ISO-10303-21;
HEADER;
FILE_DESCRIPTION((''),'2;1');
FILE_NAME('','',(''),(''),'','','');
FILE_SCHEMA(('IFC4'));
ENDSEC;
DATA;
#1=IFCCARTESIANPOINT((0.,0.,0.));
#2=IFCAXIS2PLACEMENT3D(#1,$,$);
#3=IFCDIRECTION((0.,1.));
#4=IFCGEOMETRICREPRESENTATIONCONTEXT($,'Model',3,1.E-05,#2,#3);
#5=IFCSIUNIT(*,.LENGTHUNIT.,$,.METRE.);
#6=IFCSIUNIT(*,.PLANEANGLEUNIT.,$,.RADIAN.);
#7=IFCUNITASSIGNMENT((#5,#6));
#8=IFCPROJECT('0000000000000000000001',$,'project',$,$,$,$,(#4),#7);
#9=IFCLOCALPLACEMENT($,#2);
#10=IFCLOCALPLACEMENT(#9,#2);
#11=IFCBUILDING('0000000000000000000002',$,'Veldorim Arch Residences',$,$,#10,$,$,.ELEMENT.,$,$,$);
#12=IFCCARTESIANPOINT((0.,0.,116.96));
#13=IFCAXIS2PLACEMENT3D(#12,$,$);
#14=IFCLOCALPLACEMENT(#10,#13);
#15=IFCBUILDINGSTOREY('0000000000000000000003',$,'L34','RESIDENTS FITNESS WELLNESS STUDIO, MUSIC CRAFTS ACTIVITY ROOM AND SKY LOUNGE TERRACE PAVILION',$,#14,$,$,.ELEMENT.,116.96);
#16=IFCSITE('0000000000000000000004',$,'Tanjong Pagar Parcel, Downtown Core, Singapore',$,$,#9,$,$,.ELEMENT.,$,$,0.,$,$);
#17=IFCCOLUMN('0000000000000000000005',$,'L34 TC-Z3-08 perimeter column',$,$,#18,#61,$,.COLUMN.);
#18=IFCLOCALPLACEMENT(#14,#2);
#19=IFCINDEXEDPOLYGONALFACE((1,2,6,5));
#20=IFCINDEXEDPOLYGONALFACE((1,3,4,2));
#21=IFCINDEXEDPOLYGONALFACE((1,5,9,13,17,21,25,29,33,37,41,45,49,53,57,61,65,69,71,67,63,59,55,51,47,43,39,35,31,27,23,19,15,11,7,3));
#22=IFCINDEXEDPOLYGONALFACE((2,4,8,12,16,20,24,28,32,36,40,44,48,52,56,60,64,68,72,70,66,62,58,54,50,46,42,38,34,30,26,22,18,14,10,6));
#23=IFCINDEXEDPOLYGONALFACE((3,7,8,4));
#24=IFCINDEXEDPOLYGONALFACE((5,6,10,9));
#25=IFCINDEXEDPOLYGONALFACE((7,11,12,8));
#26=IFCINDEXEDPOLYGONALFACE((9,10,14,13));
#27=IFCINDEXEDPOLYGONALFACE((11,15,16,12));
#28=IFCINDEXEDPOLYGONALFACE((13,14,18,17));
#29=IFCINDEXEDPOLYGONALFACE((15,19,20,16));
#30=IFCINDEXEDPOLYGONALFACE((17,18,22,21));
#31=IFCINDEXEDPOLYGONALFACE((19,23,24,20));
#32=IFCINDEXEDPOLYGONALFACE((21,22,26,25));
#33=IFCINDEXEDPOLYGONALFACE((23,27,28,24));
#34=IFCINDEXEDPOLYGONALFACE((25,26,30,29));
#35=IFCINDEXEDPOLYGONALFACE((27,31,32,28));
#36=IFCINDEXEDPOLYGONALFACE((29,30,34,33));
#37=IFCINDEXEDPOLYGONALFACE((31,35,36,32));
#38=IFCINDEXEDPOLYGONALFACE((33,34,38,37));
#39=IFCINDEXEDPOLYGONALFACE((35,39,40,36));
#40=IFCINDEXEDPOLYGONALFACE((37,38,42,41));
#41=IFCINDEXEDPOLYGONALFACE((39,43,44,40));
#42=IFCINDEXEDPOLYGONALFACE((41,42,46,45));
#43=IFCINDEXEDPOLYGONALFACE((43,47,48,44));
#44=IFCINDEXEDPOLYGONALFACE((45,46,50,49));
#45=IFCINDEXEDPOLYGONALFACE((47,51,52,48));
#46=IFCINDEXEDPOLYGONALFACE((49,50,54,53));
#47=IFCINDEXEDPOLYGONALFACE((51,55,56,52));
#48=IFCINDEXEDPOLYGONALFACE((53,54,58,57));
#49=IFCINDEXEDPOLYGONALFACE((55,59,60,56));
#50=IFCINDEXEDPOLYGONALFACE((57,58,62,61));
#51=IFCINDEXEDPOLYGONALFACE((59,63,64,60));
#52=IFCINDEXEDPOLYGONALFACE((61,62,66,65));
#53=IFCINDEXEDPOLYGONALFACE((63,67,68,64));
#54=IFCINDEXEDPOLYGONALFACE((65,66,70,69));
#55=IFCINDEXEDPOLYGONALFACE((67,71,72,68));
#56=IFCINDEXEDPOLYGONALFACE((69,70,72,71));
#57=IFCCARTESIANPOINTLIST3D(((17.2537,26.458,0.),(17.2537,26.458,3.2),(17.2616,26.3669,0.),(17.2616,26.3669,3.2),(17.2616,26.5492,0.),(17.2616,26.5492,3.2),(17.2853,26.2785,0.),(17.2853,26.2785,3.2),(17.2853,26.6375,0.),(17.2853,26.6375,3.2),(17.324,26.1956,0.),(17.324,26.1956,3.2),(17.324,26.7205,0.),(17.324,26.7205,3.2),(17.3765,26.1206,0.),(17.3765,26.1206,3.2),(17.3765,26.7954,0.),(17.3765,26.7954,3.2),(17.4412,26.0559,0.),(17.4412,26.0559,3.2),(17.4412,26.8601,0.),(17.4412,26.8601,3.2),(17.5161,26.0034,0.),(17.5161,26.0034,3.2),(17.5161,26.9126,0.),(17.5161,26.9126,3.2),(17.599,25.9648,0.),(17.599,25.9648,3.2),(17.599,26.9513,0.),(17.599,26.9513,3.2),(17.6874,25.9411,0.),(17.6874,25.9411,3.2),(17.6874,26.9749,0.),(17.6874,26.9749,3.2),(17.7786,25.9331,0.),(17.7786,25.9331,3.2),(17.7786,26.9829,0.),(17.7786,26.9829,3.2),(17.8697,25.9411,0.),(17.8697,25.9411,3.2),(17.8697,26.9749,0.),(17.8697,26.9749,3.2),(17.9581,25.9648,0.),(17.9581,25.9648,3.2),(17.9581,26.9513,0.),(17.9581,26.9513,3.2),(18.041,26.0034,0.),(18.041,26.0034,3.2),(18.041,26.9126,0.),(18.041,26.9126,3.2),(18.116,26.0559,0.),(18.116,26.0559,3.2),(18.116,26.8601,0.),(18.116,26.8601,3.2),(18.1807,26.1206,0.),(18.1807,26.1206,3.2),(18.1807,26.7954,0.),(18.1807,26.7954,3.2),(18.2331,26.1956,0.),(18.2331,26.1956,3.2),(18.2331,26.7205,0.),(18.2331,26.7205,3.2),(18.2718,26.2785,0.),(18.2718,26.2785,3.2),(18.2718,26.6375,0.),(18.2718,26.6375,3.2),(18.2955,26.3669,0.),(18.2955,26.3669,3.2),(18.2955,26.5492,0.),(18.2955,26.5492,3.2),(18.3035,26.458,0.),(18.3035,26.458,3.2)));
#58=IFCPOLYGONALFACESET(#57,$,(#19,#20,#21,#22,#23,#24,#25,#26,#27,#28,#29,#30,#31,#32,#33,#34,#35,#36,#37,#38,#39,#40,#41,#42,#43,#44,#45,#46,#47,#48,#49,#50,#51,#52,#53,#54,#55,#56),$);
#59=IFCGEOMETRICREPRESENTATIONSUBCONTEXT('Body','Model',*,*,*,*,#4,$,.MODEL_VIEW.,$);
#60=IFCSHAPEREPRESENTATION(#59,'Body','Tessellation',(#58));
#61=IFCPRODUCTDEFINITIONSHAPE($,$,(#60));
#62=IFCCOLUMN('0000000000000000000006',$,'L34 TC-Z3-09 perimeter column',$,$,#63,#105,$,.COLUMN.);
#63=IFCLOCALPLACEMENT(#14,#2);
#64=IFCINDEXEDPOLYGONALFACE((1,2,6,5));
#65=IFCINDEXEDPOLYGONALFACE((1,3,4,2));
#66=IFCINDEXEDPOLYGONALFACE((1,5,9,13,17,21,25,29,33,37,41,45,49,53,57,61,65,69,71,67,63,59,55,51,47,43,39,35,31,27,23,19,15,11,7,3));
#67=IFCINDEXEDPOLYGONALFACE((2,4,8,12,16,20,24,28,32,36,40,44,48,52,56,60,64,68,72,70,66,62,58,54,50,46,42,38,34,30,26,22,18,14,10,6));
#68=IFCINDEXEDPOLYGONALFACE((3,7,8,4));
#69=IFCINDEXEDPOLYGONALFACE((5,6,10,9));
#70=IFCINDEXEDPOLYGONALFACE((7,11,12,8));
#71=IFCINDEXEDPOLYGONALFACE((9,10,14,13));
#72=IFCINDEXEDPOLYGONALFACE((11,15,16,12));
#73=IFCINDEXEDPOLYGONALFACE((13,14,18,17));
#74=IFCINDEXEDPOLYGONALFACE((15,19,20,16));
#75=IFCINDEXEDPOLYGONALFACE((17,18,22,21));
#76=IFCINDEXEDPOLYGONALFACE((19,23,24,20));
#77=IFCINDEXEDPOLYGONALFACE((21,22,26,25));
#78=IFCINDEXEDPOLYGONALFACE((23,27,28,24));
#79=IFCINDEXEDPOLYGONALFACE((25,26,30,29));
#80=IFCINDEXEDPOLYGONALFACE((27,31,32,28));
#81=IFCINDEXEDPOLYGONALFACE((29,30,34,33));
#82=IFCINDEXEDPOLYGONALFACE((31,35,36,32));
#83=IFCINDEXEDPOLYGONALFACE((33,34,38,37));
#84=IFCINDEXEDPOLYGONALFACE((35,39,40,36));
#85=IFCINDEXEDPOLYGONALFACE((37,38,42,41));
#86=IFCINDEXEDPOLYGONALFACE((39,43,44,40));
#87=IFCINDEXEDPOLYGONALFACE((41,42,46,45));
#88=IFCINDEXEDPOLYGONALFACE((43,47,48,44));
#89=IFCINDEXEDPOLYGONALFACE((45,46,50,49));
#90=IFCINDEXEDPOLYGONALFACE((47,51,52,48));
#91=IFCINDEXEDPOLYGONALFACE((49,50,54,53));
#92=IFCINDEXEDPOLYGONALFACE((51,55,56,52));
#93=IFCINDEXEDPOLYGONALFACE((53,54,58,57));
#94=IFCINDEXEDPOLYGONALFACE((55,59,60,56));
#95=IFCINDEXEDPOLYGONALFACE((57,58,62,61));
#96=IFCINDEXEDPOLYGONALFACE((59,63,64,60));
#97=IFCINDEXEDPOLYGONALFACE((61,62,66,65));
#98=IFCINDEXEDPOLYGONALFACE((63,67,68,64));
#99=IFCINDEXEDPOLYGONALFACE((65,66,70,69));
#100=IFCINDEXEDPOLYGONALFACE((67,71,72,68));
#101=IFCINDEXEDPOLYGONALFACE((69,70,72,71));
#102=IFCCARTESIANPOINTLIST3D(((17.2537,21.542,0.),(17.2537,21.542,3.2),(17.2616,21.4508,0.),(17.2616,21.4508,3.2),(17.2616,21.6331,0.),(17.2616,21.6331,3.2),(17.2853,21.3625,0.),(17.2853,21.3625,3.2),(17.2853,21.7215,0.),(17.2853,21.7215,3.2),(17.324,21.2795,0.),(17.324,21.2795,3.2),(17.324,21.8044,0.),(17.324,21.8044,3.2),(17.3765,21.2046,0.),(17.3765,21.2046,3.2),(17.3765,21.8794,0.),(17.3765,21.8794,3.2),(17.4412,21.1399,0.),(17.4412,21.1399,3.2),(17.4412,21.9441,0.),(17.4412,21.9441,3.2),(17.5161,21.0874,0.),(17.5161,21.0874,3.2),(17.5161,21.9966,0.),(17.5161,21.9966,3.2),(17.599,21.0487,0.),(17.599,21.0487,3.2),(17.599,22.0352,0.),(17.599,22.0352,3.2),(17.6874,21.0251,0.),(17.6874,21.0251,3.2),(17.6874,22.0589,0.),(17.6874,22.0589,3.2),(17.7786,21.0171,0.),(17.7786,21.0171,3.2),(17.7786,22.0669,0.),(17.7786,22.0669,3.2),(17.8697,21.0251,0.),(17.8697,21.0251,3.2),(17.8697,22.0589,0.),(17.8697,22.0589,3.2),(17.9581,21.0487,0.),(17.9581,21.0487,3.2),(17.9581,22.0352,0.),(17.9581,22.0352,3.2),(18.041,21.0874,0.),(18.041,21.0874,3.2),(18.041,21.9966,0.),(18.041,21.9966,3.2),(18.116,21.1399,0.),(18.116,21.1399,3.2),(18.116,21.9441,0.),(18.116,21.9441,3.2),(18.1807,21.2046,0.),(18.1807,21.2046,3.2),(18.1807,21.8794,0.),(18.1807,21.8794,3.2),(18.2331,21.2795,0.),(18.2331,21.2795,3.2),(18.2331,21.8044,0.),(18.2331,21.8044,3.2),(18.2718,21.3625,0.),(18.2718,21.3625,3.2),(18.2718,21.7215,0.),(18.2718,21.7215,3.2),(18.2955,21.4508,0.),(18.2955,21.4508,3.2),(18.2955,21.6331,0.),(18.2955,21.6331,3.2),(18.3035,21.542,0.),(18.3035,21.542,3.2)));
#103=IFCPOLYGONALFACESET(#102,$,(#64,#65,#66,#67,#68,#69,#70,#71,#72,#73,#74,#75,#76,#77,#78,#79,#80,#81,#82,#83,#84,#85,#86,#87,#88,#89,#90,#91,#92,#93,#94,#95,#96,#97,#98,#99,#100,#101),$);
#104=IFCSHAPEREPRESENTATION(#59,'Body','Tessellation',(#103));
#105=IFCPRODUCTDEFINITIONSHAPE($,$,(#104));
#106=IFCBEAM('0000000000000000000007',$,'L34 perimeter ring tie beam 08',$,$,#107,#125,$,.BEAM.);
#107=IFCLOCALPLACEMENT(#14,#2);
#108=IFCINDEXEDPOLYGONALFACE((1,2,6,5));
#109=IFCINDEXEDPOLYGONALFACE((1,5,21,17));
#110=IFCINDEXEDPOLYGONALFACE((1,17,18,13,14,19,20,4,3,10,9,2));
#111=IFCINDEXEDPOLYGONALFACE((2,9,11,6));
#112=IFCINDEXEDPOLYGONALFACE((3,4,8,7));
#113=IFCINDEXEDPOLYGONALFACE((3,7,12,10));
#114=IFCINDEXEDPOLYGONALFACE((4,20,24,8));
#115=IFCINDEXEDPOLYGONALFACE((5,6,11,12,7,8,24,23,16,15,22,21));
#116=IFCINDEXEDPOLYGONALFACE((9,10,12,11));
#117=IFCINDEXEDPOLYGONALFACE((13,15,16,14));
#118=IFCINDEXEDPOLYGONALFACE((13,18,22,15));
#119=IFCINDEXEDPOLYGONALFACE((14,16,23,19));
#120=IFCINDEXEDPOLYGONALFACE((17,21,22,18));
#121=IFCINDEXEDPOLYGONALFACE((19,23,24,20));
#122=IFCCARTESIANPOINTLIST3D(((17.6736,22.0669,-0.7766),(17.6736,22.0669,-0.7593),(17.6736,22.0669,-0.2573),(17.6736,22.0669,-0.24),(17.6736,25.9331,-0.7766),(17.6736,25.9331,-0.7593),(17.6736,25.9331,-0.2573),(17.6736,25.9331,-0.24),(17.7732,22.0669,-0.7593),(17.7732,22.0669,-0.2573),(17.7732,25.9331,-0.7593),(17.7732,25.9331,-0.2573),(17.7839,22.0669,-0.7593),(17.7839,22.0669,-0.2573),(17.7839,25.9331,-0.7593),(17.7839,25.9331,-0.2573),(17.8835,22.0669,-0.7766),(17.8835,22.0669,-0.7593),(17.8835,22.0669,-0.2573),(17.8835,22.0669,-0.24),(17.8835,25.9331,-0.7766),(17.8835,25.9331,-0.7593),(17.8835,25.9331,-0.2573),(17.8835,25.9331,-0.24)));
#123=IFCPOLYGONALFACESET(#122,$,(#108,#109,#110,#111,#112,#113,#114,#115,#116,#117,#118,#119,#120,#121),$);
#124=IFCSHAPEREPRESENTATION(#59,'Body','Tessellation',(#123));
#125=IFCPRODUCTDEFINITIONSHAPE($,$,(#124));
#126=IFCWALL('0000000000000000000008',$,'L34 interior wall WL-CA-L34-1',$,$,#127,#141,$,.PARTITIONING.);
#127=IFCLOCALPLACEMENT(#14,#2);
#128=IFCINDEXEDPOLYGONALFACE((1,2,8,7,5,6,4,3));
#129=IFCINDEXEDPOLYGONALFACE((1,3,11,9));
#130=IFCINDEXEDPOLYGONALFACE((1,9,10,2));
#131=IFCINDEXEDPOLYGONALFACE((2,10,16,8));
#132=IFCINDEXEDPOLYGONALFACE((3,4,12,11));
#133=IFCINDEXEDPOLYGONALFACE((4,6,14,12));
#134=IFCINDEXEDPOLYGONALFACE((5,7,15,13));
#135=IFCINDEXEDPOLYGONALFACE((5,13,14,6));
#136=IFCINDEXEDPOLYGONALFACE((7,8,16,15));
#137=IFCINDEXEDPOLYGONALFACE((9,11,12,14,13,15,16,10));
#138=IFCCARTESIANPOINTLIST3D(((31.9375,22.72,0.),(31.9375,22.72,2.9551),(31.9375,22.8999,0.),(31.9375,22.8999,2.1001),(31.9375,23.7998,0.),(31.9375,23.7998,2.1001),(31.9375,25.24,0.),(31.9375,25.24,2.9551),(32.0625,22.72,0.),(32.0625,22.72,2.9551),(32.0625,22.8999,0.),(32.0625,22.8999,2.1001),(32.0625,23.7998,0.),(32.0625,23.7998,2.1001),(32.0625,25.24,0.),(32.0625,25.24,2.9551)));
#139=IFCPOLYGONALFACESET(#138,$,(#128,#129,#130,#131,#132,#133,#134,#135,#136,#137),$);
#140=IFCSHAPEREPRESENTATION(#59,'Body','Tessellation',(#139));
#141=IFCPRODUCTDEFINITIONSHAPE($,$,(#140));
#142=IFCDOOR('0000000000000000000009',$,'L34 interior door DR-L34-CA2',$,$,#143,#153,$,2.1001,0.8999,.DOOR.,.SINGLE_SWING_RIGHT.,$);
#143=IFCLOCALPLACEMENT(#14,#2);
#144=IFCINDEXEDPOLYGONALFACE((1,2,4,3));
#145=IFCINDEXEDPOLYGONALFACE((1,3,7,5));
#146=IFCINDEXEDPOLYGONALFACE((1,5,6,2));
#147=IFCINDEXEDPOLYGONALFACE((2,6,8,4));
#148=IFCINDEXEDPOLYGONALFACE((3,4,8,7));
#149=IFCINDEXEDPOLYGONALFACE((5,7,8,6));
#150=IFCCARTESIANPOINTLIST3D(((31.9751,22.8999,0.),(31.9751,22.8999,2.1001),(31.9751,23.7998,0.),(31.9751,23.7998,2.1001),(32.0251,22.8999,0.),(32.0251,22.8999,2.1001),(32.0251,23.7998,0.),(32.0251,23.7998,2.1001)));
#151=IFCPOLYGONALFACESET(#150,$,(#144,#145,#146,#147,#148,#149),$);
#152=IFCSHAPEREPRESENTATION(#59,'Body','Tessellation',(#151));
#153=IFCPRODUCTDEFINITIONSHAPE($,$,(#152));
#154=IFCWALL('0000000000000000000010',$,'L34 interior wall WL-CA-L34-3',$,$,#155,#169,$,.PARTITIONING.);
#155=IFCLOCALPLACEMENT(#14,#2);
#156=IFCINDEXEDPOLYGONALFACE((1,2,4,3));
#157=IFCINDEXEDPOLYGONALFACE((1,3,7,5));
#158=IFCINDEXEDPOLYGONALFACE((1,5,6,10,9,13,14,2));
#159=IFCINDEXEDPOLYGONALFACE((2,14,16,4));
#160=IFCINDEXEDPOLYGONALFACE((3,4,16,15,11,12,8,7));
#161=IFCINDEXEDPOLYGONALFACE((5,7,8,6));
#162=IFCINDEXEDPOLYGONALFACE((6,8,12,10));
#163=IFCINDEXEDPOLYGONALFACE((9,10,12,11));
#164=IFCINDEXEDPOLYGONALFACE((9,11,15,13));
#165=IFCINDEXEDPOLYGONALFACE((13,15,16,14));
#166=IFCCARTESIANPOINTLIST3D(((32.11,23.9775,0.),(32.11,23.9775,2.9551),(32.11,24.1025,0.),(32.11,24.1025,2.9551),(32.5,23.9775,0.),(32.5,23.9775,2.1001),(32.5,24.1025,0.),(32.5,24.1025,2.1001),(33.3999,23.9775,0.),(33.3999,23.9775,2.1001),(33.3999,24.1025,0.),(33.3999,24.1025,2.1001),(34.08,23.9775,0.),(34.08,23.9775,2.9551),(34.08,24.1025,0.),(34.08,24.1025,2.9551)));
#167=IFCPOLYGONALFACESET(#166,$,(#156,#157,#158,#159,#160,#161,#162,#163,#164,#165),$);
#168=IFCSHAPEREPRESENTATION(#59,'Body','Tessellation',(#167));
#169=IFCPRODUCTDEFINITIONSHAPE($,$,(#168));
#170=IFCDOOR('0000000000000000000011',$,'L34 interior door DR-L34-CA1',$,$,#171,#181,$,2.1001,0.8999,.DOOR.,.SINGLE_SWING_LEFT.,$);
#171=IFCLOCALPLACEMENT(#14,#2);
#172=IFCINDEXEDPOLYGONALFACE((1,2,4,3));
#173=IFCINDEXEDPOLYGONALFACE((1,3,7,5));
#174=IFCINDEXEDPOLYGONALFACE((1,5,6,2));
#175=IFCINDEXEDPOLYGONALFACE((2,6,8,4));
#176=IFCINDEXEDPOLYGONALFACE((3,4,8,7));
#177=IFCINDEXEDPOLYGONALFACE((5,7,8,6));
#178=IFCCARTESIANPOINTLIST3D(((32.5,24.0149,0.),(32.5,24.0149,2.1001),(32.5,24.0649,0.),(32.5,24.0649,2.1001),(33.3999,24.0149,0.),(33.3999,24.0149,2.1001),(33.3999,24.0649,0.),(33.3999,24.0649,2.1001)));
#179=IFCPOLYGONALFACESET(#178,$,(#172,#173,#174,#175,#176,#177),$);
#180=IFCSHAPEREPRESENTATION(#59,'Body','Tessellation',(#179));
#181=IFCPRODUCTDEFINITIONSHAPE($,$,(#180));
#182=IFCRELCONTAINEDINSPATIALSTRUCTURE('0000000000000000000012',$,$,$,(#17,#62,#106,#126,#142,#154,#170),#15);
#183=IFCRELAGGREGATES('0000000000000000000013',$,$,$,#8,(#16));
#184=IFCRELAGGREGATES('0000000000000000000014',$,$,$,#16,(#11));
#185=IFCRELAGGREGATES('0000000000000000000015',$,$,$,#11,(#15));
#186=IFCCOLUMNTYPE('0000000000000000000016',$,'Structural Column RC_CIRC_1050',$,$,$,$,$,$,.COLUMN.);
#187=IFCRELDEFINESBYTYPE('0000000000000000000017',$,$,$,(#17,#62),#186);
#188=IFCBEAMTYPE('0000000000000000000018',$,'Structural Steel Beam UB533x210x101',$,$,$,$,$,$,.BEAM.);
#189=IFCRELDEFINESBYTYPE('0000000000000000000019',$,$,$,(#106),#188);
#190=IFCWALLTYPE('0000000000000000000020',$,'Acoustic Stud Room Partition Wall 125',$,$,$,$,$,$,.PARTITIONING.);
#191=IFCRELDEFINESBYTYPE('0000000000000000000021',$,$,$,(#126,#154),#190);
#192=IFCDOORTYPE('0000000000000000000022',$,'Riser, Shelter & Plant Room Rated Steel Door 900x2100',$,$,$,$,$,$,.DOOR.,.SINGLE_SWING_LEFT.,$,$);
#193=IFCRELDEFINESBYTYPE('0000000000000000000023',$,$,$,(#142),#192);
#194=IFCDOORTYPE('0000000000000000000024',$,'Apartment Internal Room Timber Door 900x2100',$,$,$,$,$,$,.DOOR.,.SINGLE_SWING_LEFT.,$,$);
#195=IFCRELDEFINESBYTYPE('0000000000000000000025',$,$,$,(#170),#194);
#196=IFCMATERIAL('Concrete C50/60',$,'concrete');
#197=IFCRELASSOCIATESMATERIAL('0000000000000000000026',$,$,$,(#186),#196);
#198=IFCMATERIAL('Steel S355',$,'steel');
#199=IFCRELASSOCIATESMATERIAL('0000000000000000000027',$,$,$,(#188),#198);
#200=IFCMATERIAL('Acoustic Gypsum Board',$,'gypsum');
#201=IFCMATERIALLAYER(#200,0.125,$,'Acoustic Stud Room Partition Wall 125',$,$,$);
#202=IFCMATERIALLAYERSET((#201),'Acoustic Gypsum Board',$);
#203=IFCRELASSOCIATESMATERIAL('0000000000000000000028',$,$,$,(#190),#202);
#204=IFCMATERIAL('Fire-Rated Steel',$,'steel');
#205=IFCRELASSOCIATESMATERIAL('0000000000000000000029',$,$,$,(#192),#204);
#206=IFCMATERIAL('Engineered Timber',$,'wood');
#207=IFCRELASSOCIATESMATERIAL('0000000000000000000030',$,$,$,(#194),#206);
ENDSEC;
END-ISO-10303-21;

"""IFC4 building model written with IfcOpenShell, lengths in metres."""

from ifc_helpers import new_model, si_unit, direction, frame, frame_2d, origin, origin_2d, place, context, subcontext, project, spatial, rectangle, circle, i_section, extrude, material, layer, layer_set, material_profile, profile_set, type_object, element, fill, save


model = new_model("IFC4")

# Units and contexts
model_context = context("Model", 3, precision=1e-05, world=origin(), true_north=direction((0.0, 1.0)))
body_context = subcontext(model_context, "Body", "Model", "MODEL_VIEW")
ifc_project = project(units=[si_unit("LENGTHUNIT", "METRE"), si_unit("PLANEANGLEUNIT", "RADIAN")], contexts=[model_context])

# Site, building, storey
site_placement = place(None, origin())
site = spatial("IfcSite", under=ifc_project, at=site_placement, Name="Tanjong Pagar Parcel, Downtown Core, Singapore", CompositionType="ELEMENT", RefElevation=0.0)
building_placement = place(site_placement, origin())
building = spatial("IfcBuilding", under=site, at=building_placement, Name="Veldorim Arch Residences", CompositionType="ELEMENT")
storey_placement = place(building_placement, frame((0.0, 0.0, 116.96)))
storey = spatial("IfcBuildingStorey", under=building, at=storey_placement, Name="L34", Description="RESIDENTS FITNESS WELLNESS STUDIO, MUSIC CRAFTS ACTIVITY ROOM AND SKY LOUNGE TERRACE PAVILION", CompositionType="ELEMENT", Elevation=116.96)

# Columns
ifc_material_1 = material(Name="Concrete C50/60", Category="concrete")
ifc_material_profile_1 = material_profile(ifc_material_1, circle(Radius=0.5249, at=origin_2d()), Name="RC_CIRC_1050")
ifc_profile_set_1 = profile_set([ifc_material_profile_1], Name="Concrete C50/60")
column_type = type_object("IfcColumnType", Name="Structural Column RC_CIRC_1050", PredefinedType="COLUMN", material=ifc_profile_set_1)
for number, where, z_axis, x_axis, name in (
    (1, (17.7786, 26.458, 0.0), (0.0, 0.0, 1.0), (1.0, 0.0, 0.0), "L34 TC-Z3-08 perimeter column"),
    (2, (17.7786, 21.542, 0.0), (0.0, 0.0, 1.0), (1.0, 0.0, 0.0), "L34 TC-Z3-09 perimeter column"),
):
    element("IfcColumn", number, at=place(storey_placement, frame(where, z_axis=z_axis, x_axis=x_axis)), inside=storey, type_object=column_type, Name=name, PredefinedType="COLUMN", context=body_context, shape_type="SweptSolid", body=[
        extrude(circle(Radius=0.5249, at=origin_2d()), origin(), (0.0, 0.0, 1.0), 3.2),
    ])

# Beam
ifc_material_2 = material(Name="Steel S355", Category="steel")
ifc_material_profile_2 = material_profile(ifc_material_2, i_section(OverallWidth=0.21, OverallDepth=0.5366, WebThickness=0.0107, FlangeThickness=0.0173, at=origin_2d()), Name="UB533x210x101")
ifc_profile_set_2 = profile_set([ifc_material_profile_2], Name="Steel S355")
beam_type = type_object("IfcBeamType", Name="Structural Steel Beam UB533x210x101", PredefinedType="BEAM", material=ifc_profile_set_2)
beam_placement = place(storey_placement, frame((17.7786, 25.9331, -0.5083), z_axis=(0.0, -1.0, 0.0), x_axis=(1.0, 0.0, 0.0)))
element("IfcBeam", 3, at=beam_placement, inside=storey, type_object=beam_type, Name="L34 perimeter ring tie beam 08", PredefinedType="BEAM", context=body_context, shape_type="SweptSolid", body=[
    extrude(i_section(OverallWidth=0.21, OverallDepth=0.5366, WebThickness=0.0107, FlangeThickness=0.0173, at=origin_2d()), origin(), (0.0, 0.0, 1.0), 3.8662),
])

# Walls, openings, doors
ifc_material_3 = material(Name="Acoustic Gypsum Board", Category="gypsum")
ifc_layer_1 = layer(ifc_material_3, 0.125, Name="Acoustic Stud Room Partition Wall 125")
ifc_layer_set_1 = layer_set([ifc_layer_1], Name="Acoustic Gypsum Board")
wall_type_1 = type_object("IfcWallType", Name="Acoustic Stud Room Partition Wall 125", PredefinedType="PARTITIONING", material=ifc_layer_set_1)
wall_1_placement = place(storey_placement, frame((32.0, 22.72, 0.0), z_axis=(0.0, 0.0, 1.0), x_axis=(0.0, 1.0, 0.0)))
wall_1 = element("IfcWall", 4, at=wall_1_placement, inside=storey, type_object=wall_type_1, Name="L34 interior wall WL-CA-L34-1", PredefinedType="PARTITIONING", context=body_context, shape_type="SweptSolid", body=[
    extrude(rectangle(XDim=2.52, YDim=0.125, at=frame_2d((1.26, 0.0))), origin(), (0.0, 0.0, 1.0), 2.9551),
])
opening_1_placement = place(wall_1_placement, frame((0.1799, 0.0, 0.0)))
opening_1 = element("IfcOpeningElement", 5, at=opening_1_placement, cuts=wall_1, PredefinedType="OPENING", context=body_context, shape_type="SweptSolid", body=[
    extrude(rectangle(XDim=0.8999, YDim=2.1001, at=frame_2d((0.45, 1.05))), frame((0.0, 0.0725, 0.0), z_axis=(0.0, -1.0, 0.0), x_axis=(1.0, 0.0, 0.0)), (0.0, 0.0, 1.0), 0.145),
])
ifc_material_4 = material(Name="Fire-Rated Steel", Category="steel")
door_type_1 = type_object("IfcDoorType", Name="Riser, Shelter & Plant Room Rated Steel Door 900x2100", OperationType="SINGLE_SWING_LEFT", PredefinedType="DOOR", material=ifc_material_4)
door_1_placement = place(opening_1_placement, origin())
door_1 = element("IfcDoor", 6, at=door_1_placement, inside=storey, type_object=door_type_1, Name="L34 interior door DR-L34-CA2", OperationType="SINGLE_SWING_RIGHT", OverallHeight=2.1001, OverallWidth=0.8999, PredefinedType="DOOR", context=body_context, shape_type="SweptSolid", body=[
    extrude(rectangle(XDim=0.8999, YDim=2.1001, at=frame_2d((0.45, 1.05))), frame((0.0, 0.0249, 0.0), z_axis=(0.0, -1.0, 0.0), x_axis=(1.0, 0.0, 0.0)), (0.0, 0.0, 1.0), 0.05),
])
fill(opening_1, door_1)
wall_2_placement = place(storey_placement, frame((32.1101, 24.04, 0.0), z_axis=(0.0, 0.0, 1.0), x_axis=(1.0, 0.0, 0.0)))
wall_2 = element("IfcWall", 7, at=wall_2_placement, inside=storey, type_object=wall_type_1, Name="L34 interior wall WL-CA-L34-3", PredefinedType="PARTITIONING", context=body_context, shape_type="SweptSolid", body=[
    extrude(rectangle(XDim=1.97, YDim=0.125, at=frame_2d((0.9849, 0.0))), origin(), (0.0, 0.0, 1.0), 2.9551),
])
opening_2_placement = place(wall_2_placement, frame((0.3899, 0.0, 0.0)))
opening_2 = element("IfcOpeningElement", 8, at=opening_2_placement, cuts=wall_2, PredefinedType="OPENING", context=body_context, shape_type="SweptSolid", body=[
    extrude(rectangle(XDim=0.8999, YDim=2.1001, at=frame_2d((0.45, 1.05))), frame((0.0, 0.0725, 0.0), z_axis=(0.0, -1.0, 0.0), x_axis=(1.0, 0.0, 0.0)), (0.0, 0.0, 1.0), 0.145),
])
ifc_material_5 = material(Name="Engineered Timber", Category="wood")
door_type_2 = type_object("IfcDoorType", Name="Apartment Internal Room Timber Door 900x2100", OperationType="SINGLE_SWING_LEFT", PredefinedType="DOOR", material=ifc_material_5)
door_2_placement = place(opening_2_placement, origin())
door_2 = element("IfcDoor", 9, at=door_2_placement, inside=storey, type_object=door_type_2, Name="L34 interior door DR-L34-CA1", OperationType="SINGLE_SWING_LEFT", OverallHeight=2.1001, OverallWidth=0.8999, PredefinedType="DOOR", context=body_context, shape_type="SweptSolid", body=[
    extrude(rectangle(XDim=0.8999, YDim=2.1001, at=frame_2d((0.45, 1.05))), frame((0.0, 0.0249, 0.0), z_axis=(0.0, -1.0, 0.0), x_axis=(1.0, 0.0, 0.0)), (0.0, 0.0, 1.0), 0.05),
])
fill(opening_2, door_2)

save(model, "model.ifc")
